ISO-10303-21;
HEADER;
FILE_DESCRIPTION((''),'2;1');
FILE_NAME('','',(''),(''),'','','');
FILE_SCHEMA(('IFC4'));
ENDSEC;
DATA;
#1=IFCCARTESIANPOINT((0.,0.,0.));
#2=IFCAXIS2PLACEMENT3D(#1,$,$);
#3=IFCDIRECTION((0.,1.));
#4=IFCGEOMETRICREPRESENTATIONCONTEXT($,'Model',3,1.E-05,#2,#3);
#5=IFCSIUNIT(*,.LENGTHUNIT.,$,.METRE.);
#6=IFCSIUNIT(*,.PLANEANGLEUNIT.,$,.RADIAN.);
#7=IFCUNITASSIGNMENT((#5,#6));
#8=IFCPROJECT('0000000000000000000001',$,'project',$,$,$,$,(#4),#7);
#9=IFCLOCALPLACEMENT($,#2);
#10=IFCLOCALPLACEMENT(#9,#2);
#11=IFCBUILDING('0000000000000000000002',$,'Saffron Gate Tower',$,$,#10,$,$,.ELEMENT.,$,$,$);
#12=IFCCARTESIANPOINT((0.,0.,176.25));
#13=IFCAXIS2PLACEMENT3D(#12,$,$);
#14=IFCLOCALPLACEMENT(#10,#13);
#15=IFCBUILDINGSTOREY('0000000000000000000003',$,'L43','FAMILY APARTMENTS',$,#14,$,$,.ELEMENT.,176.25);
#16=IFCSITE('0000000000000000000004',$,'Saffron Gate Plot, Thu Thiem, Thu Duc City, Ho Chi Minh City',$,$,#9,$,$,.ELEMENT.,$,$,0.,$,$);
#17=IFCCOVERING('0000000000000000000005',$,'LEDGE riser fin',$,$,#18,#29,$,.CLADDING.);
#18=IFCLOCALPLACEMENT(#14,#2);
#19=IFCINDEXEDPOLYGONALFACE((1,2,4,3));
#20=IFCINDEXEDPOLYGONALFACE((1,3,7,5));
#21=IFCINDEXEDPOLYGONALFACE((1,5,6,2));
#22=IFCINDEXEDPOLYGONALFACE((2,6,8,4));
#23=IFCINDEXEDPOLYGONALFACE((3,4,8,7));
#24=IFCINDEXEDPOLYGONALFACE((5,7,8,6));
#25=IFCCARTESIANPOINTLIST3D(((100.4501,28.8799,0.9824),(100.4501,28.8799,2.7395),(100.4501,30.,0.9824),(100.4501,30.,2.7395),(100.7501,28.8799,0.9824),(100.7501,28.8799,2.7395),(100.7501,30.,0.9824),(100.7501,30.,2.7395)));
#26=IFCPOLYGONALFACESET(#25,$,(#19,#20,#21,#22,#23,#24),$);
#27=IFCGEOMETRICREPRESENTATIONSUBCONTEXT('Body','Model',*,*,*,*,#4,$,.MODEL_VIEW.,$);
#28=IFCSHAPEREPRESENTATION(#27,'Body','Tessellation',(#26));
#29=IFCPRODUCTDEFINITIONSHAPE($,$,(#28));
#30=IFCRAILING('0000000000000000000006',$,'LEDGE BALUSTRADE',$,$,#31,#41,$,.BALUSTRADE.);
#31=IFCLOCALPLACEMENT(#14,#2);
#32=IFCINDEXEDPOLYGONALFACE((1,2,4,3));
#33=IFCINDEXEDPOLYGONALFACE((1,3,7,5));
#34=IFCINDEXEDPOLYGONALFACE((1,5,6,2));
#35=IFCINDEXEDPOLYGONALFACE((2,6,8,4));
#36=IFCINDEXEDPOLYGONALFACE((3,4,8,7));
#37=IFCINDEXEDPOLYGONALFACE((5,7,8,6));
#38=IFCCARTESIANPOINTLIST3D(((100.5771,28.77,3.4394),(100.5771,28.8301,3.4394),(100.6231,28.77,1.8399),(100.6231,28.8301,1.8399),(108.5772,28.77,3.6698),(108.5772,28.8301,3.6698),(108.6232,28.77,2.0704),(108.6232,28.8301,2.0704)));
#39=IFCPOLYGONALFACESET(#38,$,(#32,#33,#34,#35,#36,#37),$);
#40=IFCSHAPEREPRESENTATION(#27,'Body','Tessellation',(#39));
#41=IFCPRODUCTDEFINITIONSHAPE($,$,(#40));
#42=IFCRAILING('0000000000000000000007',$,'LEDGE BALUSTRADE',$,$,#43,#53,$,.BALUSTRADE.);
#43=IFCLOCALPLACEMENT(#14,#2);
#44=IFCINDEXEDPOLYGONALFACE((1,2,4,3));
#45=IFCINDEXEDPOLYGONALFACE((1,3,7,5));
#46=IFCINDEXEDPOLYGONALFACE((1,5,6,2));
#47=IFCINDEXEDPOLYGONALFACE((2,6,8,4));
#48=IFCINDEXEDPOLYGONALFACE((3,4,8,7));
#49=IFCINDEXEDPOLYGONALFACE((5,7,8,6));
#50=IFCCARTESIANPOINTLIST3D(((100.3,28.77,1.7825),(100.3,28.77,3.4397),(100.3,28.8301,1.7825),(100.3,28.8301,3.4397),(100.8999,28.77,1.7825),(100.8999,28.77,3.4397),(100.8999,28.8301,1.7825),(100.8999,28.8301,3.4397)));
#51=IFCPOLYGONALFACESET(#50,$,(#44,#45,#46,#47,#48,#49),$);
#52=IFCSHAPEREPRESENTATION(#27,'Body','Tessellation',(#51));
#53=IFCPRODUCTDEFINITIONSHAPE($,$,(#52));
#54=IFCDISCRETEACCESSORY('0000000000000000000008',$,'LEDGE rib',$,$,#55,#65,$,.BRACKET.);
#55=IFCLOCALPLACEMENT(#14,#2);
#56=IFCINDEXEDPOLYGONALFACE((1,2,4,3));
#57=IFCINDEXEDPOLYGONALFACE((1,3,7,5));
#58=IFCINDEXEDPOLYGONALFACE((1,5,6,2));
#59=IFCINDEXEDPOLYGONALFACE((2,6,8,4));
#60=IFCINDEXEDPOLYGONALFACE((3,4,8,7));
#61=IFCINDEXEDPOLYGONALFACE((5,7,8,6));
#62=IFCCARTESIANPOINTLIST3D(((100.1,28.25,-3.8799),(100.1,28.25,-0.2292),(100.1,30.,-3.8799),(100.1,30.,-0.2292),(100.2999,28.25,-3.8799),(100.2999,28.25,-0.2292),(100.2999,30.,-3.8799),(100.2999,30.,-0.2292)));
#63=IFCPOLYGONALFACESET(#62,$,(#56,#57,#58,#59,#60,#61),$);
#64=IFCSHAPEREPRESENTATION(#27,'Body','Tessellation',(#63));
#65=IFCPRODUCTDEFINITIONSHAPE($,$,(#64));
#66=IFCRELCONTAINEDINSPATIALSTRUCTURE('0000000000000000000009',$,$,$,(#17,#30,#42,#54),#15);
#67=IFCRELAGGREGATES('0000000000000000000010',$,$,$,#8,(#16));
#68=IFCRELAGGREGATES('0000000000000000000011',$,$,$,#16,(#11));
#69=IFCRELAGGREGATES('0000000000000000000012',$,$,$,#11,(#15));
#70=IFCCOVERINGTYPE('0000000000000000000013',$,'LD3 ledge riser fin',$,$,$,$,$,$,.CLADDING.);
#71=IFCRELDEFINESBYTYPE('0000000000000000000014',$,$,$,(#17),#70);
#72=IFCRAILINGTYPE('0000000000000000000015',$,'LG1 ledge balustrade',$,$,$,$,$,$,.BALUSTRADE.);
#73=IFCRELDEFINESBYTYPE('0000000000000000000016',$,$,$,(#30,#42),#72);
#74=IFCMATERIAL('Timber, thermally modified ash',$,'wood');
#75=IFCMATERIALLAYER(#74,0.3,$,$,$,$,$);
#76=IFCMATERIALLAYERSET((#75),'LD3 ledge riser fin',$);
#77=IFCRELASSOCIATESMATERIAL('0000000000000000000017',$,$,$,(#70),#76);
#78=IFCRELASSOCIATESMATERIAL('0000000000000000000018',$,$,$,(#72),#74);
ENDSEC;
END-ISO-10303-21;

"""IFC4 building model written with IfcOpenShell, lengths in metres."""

from ifc_helpers import new_model, si_unit, direction, frame, origin, origin_2d, place, context, subcontext, project, spatial, rectangle, extrude, material, layer, layer_set, type_object, element, save


model = new_model("IFC4")

# Units and contexts
model_context = context("Model", 3, precision=1e-05, world=origin(), true_north=direction((0.0, 1.0)))
body_context = subcontext(model_context, "Body", "Model", "MODEL_VIEW")
ifc_project = project(units=[si_unit("LENGTHUNIT", "METRE"), si_unit("PLANEANGLEUNIT", "RADIAN")], contexts=[model_context])

# Site, building, storey
site_placement = place(None, origin())
site = spatial("IfcSite", under=ifc_project, at=site_placement, Name="Saffron Gate Plot, Thu Thiem, Thu Duc City, Ho Chi Minh City", CompositionType="ELEMENT", RefElevation=0.0)
building_placement = place(site_placement, origin())
building = spatial("IfcBuilding", under=site, at=building_placement, Name="Saffron Gate Tower", CompositionType="ELEMENT")
storey_placement = place(building_placement, frame((0.0, 0.0, 176.25)))
storey = spatial("IfcBuildingStorey", under=building, at=storey_placement, Name="L43", Description="FAMILY APARTMENTS", CompositionType="ELEMENT", Elevation=176.25)

# Covering
ifc_material_1 = material(Name="Timber, thermally modified ash", Category="wood")
ifc_layer_1 = layer(ifc_material_1, 0.3)
ifc_layer_set_1 = layer_set([ifc_layer_1], Name="LD3 ledge riser fin")
covering_type_1 = type_object("IfcCoveringType", Name="LD3 ledge riser fin", PredefinedType="CLADDING", material=ifc_layer_set_1)
covering_1_placement = place(storey_placement, frame((100.6001, 29.4399, 0.9824), z_axis=(0.0, 0.0, 1.0), x_axis=(1.0, 0.0, 0.0)))
element("IfcCovering", 1, at=covering_1_placement, inside=storey, type_object=covering_type_1, Name="LEDGE riser fin", PredefinedType="CLADDING", context=body_context, shape_type="SweptSolid", body=[
    extrude(rectangle(XDim=0.3, YDim=1.1201, at=origin_2d()), origin(), (0.0, 0.0, 1.0), 1.7571),
])

# Railings
railing_type = type_object("IfcRailingType", Name="LG1 ledge balustrade", PredefinedType="BALUSTRADE", material=ifc_material_1)
railing_1_placement = place(storey_placement, frame((100.6001, 28.8, 1.8396)))
element("IfcRailing", 2, at=railing_1_placement, inside=storey, type_object=railing_type, Name="LEDGE BALUSTRADE", PredefinedType="BALUSTRADE", context=body_context, shape_type="SweptSolid", body=[
    extrude(rectangle(XDim=0.0601, YDim=1.6001, at=origin_2d()), frame((0.0, 0.0, 0.8), z_axis=(0.999585, 0.0, 0.028797), x_axis=(0.0, 1.0, 0.0)), (0.0, 0.0, 1.0), 8.0034),
])
railing_2_placement = place(storey_placement, frame((100.3, 28.8, 1.7825)))
element("IfcRailing", 3, at=railing_2_placement, inside=storey, type_object=railing_type, Name="LEDGE BALUSTRADE", PredefinedType="BALUSTRADE", context=body_context, shape_type="SweptSolid", body=[
    extrude(rectangle(XDim=0.0601, YDim=1.6572, at=origin_2d()), frame((0.0, 0.0, 0.8286), z_axis=(1.0, 0.0, 0.0), x_axis=(0.0, 1.0, 0.0)), (0.0, 0.0, 1.0), 0.5999),
])

# Discrete accessory
discrete_accessory_placement = place(storey_placement, frame((100.2, 29.125, -3.8799), z_axis=(0.0, 0.0, 1.0), x_axis=(1.0, 0.0, 0.0)))
element("IfcDiscreteAccessory", 4, at=discrete_accessory_placement, inside=storey, Name="LEDGE rib", PredefinedType="BRACKET", context=body_context, shape_type="SweptSolid", body=[
    extrude(rectangle(XDim=0.2, YDim=1.75, at=origin_2d()), origin(), (0.0, 0.0, 1.0), 3.6506),
])

save(model, "model.ifc")
